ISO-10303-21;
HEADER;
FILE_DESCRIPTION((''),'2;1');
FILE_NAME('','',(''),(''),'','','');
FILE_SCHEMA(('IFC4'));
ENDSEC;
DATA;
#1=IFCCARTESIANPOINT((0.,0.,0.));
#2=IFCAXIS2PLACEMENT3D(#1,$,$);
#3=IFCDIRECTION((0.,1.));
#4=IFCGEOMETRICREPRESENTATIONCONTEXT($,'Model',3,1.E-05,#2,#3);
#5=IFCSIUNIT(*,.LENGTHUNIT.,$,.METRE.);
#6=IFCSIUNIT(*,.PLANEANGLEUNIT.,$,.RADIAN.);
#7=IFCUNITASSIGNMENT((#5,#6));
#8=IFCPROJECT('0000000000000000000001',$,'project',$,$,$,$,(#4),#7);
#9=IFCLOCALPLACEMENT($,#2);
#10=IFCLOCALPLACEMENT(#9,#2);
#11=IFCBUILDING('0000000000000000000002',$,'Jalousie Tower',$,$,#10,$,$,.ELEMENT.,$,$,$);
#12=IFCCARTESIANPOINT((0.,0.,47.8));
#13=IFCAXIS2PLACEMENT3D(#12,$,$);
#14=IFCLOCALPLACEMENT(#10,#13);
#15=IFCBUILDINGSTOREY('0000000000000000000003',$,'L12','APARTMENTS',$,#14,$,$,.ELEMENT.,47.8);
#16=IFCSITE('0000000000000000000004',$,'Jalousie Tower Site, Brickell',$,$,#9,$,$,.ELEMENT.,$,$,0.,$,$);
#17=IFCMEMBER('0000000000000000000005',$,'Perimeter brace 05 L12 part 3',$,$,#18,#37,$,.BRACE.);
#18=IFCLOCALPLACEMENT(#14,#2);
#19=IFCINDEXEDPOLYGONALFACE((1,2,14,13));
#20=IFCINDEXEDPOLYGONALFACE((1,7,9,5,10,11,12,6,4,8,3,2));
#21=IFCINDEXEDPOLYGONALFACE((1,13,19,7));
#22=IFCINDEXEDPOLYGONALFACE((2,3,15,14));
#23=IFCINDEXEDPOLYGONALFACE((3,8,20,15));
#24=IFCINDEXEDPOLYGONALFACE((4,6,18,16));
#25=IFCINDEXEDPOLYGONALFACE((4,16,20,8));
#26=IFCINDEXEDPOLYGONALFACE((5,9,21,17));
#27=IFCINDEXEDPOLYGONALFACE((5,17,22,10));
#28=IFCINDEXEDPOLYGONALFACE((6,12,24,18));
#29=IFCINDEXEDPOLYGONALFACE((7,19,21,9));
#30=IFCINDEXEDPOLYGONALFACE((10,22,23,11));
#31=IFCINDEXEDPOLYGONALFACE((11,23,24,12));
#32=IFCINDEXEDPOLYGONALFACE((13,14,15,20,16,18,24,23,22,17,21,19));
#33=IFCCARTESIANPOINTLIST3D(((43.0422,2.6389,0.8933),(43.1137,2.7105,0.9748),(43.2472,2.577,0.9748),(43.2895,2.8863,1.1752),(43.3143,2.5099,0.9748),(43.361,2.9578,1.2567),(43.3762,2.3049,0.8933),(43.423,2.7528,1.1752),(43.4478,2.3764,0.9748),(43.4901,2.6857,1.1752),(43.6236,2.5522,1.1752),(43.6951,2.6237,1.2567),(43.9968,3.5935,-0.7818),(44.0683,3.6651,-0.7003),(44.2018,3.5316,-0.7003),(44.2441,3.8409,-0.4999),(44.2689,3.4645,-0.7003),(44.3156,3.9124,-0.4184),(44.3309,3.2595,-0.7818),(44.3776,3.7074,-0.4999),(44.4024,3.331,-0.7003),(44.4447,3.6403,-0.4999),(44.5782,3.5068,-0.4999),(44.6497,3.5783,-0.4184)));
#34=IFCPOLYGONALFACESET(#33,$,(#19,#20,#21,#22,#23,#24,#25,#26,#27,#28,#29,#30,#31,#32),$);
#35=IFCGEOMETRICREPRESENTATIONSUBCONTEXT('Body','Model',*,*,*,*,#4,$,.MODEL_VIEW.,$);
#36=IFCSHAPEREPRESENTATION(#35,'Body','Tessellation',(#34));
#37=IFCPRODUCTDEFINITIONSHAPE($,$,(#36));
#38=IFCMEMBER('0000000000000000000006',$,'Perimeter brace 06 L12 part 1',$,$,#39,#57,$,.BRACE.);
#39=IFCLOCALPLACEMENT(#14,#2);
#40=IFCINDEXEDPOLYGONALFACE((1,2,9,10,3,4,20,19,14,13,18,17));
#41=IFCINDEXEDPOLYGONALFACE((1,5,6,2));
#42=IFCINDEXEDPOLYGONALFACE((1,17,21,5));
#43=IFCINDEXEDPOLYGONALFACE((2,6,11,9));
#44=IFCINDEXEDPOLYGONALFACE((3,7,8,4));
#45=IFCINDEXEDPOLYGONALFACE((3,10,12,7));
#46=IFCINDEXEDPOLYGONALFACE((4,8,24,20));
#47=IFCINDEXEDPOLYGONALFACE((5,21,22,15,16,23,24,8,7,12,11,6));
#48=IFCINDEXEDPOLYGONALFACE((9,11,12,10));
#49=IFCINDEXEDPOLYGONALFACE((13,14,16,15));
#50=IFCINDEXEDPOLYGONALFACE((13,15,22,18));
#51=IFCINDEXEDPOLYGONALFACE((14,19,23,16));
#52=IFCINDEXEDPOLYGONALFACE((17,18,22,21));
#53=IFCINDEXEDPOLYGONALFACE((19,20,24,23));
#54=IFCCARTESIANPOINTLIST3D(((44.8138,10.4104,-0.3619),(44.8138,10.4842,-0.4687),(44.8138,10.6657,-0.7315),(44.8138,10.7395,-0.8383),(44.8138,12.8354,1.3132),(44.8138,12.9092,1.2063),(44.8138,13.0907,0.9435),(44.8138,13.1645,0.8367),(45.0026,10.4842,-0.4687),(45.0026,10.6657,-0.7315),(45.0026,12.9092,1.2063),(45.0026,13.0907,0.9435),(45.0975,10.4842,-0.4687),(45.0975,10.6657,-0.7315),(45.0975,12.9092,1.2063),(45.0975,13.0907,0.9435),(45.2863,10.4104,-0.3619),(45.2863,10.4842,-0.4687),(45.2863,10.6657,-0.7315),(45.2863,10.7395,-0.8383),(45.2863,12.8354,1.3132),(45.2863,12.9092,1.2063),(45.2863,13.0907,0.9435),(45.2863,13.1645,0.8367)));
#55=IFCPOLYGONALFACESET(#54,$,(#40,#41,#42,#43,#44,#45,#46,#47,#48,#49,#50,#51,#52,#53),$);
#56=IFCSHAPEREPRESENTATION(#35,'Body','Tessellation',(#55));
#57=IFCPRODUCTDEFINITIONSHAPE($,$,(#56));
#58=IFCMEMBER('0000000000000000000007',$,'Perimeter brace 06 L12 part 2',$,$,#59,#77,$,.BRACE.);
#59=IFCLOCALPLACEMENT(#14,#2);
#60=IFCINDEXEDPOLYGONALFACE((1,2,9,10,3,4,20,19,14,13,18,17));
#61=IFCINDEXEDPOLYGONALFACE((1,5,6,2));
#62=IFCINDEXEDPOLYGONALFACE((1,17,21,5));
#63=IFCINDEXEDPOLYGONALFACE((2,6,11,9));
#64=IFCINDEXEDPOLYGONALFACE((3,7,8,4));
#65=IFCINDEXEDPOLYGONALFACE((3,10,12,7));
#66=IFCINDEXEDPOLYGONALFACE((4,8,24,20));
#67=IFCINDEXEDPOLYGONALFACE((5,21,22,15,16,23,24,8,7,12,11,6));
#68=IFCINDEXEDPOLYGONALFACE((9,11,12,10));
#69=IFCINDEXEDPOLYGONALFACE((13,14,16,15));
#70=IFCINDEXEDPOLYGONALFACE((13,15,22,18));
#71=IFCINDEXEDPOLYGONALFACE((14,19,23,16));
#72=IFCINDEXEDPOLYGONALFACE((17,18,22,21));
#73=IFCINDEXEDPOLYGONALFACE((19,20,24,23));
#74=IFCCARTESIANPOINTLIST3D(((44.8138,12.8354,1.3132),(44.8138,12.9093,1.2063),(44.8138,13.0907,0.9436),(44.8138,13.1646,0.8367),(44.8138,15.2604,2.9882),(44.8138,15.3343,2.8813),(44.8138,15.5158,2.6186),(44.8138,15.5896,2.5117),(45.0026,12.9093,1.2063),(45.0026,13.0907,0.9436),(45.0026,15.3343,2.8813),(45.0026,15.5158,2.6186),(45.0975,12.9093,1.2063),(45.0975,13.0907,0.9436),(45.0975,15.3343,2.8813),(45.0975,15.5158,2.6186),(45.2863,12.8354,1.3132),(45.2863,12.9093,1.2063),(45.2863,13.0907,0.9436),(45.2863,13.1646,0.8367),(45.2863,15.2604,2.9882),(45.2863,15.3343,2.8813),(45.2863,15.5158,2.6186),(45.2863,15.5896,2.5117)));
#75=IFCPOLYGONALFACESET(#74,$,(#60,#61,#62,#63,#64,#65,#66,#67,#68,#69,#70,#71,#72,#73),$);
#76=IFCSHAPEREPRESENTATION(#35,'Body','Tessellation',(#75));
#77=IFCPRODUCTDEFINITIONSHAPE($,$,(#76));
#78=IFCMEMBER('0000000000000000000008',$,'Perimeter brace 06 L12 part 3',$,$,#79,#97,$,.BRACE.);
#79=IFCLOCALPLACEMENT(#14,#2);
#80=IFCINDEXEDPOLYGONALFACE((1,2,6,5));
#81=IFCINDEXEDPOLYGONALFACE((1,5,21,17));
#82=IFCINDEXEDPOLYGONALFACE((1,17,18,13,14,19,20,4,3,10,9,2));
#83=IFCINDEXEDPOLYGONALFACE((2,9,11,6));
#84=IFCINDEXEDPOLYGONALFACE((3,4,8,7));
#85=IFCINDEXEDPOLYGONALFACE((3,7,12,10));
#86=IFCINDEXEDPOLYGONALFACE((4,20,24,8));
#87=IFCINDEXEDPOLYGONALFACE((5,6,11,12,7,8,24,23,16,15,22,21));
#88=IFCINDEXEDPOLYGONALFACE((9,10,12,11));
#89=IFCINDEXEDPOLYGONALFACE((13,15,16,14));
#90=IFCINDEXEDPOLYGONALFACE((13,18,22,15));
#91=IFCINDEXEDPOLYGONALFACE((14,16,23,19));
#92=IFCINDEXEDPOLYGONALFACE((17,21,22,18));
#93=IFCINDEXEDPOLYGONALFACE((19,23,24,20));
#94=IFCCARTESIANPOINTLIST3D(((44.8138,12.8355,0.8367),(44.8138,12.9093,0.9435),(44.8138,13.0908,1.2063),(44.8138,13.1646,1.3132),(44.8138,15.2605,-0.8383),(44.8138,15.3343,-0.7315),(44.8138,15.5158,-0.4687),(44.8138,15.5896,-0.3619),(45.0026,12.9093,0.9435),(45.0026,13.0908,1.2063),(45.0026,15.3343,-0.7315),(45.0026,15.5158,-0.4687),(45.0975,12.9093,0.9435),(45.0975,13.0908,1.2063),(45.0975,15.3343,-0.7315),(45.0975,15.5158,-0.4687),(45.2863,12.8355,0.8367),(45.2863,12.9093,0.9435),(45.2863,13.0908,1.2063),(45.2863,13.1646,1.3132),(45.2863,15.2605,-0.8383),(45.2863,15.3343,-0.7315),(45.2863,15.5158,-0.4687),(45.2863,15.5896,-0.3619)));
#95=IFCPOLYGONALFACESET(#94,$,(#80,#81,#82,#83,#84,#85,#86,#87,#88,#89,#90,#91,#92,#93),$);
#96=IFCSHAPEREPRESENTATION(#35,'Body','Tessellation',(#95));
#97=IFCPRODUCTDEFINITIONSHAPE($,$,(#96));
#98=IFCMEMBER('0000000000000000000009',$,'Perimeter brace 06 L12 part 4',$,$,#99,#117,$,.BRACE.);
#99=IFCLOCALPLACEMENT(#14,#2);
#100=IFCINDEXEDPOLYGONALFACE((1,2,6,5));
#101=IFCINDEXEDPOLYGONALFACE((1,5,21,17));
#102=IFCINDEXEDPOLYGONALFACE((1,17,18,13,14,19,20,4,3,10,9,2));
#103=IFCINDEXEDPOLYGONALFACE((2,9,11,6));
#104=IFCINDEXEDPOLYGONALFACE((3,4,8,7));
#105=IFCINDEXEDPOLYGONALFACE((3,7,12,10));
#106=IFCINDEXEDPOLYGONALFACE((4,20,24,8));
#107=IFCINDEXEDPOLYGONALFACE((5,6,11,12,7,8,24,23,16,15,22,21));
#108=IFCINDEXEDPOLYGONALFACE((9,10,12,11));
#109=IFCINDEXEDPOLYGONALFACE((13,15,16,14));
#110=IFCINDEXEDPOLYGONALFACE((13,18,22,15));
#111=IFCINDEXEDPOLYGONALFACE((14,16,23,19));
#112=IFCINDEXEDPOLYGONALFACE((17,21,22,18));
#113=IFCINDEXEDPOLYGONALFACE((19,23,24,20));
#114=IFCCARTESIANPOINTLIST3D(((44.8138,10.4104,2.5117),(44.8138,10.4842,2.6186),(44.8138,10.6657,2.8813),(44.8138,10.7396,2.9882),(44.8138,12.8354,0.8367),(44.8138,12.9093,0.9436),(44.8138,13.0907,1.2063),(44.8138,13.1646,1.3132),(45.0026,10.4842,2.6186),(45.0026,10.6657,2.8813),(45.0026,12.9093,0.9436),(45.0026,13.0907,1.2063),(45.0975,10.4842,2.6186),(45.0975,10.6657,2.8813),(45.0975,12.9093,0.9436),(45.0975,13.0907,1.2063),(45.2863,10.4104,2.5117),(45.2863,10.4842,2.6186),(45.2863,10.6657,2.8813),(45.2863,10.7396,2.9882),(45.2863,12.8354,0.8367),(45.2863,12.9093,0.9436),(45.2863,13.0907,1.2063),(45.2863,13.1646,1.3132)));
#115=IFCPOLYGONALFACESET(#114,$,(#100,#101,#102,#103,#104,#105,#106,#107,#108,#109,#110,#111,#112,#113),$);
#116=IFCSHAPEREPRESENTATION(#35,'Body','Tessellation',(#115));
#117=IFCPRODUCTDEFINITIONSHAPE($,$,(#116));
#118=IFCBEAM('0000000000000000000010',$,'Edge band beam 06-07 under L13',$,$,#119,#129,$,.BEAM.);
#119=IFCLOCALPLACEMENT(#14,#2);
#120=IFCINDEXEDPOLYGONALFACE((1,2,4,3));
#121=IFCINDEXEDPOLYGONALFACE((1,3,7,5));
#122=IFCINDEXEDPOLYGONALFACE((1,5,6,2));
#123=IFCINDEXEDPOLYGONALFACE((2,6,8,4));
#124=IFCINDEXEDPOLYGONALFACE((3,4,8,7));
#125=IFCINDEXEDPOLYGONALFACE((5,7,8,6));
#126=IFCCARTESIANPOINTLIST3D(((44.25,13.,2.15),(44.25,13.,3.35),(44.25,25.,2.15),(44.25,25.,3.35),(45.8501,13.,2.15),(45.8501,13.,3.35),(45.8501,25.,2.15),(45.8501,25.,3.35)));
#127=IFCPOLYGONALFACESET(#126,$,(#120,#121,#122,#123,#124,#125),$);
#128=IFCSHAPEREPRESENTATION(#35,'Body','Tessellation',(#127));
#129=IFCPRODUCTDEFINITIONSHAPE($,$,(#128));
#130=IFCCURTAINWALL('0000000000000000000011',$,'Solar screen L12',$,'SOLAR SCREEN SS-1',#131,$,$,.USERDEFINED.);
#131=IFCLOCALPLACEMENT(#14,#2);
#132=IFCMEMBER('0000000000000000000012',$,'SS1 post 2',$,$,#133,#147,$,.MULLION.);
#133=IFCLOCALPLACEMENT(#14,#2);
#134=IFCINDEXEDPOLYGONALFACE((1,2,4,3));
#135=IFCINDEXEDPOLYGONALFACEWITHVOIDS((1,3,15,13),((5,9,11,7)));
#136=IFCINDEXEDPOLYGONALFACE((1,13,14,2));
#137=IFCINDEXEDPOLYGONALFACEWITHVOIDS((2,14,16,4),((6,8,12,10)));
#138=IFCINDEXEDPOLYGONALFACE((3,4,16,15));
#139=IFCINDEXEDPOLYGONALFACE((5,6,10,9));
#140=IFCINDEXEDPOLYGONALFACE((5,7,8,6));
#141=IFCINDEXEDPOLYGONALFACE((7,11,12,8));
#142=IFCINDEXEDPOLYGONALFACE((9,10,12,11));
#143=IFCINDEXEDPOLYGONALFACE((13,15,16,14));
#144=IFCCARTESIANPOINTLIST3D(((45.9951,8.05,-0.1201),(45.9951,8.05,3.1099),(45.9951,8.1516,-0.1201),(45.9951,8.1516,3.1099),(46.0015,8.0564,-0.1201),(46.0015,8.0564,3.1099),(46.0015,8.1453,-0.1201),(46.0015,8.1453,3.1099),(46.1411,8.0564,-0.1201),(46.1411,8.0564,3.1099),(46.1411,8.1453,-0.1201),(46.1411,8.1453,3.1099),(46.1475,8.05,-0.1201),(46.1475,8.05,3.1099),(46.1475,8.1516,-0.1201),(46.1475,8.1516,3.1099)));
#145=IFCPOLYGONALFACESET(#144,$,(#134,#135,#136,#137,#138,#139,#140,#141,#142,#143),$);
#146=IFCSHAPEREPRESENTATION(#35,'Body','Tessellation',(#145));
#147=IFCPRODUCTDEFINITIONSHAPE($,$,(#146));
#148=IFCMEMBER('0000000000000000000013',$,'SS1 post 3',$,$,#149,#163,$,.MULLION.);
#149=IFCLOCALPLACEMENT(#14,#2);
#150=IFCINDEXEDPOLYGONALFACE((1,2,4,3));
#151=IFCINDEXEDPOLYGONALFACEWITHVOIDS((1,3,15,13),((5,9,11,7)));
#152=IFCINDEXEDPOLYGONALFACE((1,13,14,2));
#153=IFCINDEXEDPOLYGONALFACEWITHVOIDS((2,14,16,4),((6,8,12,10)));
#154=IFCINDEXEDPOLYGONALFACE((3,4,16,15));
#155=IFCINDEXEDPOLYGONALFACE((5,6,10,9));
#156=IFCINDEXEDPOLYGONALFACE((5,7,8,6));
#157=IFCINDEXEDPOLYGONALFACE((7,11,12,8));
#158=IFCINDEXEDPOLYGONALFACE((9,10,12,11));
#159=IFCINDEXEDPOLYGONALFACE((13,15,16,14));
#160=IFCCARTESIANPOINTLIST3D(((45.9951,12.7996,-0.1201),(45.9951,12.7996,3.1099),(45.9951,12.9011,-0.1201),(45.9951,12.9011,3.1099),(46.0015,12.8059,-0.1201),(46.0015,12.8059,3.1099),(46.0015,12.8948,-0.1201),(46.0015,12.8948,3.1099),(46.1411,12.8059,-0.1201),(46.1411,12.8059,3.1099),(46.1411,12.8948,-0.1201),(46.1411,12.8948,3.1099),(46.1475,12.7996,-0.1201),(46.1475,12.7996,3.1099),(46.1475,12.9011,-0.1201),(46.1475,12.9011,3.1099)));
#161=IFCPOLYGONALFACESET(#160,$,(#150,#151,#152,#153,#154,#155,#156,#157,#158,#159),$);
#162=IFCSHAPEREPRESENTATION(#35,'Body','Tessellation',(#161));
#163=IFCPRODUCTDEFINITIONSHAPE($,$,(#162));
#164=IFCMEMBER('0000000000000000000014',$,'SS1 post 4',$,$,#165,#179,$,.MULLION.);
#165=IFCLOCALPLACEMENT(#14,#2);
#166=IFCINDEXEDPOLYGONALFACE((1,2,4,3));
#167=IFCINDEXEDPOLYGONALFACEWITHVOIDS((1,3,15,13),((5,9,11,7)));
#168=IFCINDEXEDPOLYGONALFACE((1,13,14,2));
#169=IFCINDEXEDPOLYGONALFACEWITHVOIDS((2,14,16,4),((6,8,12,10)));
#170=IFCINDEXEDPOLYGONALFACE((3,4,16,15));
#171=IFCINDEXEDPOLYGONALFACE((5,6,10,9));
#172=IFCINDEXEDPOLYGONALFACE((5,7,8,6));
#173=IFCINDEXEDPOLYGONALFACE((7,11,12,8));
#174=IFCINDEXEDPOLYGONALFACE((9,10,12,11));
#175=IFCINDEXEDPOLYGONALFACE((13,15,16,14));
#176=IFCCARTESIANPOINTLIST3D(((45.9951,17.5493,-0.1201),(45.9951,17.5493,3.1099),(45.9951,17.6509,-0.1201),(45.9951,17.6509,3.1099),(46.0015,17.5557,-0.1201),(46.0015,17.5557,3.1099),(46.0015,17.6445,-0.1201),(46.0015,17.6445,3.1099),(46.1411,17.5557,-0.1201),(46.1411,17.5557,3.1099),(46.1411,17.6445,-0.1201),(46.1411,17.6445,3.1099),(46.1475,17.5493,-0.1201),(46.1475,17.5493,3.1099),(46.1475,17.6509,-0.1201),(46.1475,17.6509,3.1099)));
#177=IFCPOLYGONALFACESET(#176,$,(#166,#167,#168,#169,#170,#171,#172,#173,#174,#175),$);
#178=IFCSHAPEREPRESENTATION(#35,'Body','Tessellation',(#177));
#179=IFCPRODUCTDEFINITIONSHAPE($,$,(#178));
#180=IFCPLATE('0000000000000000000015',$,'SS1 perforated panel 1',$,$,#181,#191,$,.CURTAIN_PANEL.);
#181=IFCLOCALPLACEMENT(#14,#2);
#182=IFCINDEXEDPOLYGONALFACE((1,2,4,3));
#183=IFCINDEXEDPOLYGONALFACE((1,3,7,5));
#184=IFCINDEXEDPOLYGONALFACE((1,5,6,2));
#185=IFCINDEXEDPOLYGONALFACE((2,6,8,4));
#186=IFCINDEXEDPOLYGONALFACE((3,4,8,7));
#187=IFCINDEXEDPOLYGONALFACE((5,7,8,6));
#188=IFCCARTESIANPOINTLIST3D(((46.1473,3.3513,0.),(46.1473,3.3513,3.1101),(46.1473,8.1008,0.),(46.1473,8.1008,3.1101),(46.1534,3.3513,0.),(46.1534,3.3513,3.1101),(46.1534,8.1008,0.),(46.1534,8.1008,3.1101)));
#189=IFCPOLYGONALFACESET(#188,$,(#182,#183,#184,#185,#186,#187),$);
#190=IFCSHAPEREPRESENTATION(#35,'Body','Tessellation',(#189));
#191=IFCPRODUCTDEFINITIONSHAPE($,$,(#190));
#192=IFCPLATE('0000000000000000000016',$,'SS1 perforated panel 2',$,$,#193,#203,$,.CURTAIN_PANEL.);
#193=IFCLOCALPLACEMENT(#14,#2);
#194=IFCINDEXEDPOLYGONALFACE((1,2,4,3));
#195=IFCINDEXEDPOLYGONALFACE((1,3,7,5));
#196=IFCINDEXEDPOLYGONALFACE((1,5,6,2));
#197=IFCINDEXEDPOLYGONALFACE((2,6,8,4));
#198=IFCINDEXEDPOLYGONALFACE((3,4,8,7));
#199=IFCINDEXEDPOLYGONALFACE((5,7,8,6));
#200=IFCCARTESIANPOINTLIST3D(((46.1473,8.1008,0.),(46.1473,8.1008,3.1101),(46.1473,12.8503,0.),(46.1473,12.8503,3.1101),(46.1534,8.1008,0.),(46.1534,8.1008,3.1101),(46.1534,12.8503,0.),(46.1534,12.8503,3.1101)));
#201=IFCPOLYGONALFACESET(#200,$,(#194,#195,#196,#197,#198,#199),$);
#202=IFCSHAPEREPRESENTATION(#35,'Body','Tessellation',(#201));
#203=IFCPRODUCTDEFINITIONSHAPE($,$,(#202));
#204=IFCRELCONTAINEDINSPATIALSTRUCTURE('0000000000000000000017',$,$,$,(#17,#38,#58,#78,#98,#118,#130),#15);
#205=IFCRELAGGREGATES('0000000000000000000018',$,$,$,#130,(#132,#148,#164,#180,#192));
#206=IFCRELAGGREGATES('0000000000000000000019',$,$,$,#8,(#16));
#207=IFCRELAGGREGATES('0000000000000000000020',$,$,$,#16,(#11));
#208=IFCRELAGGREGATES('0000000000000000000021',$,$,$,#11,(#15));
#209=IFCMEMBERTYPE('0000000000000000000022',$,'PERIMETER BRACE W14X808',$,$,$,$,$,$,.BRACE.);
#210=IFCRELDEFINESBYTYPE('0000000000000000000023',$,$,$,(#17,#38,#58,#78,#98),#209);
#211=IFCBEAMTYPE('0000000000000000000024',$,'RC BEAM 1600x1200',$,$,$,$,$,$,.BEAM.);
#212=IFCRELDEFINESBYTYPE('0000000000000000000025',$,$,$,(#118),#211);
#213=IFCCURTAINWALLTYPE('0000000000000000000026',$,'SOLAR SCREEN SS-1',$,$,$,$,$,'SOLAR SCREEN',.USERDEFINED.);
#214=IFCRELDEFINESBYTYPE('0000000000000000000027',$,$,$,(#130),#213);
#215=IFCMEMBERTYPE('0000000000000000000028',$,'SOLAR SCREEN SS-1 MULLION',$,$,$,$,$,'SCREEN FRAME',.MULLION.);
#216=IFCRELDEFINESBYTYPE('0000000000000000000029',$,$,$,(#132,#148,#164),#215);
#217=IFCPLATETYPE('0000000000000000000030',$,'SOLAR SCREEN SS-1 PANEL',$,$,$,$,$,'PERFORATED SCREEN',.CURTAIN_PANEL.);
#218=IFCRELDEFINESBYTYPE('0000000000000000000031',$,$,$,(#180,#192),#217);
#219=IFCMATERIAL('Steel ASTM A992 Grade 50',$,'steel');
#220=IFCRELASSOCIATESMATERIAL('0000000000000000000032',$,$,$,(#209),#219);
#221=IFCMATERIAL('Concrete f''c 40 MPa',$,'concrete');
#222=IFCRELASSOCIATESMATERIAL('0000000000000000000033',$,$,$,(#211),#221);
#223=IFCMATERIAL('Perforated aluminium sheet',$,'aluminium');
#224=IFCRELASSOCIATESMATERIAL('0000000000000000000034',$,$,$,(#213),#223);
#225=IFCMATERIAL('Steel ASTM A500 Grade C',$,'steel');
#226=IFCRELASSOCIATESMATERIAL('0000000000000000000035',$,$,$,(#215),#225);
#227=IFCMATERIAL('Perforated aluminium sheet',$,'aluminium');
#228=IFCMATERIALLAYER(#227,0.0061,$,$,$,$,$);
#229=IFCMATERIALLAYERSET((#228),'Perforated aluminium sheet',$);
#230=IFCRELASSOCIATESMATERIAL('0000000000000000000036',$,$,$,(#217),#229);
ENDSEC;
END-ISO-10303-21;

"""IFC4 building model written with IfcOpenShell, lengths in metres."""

from ifc_helpers import new_model, si_unit, direction, frame, origin, origin_2d, place, context, subcontext, project, spatial, rectangle, hollow_rectangle, i_section, extrude, material, layer, layer_set, material_profile, profile_set, type_object, element, aggregate, save


model = new_model("IFC4")

# Units and contexts
model_context = context("Model", 3, precision=1e-05, world=origin(), true_north=direction((0.0, 1.0)))
body_context = subcontext(model_context, "Body", "Model", "MODEL_VIEW")
ifc_project = project(units=[si_unit("LENGTHUNIT", "METRE"), si_unit("PLANEANGLEUNIT", "RADIAN")], contexts=[model_context])

# Site, building, storey
site_placement = place(None, origin())
site = spatial("IfcSite", under=ifc_project, at=site_placement, Name="Jalousie Tower Site, Brickell", CompositionType="ELEMENT", RefElevation=0.0)
building_placement = place(site_placement, origin())
building = spatial("IfcBuilding", under=site, at=building_placement, Name="Jalousie Tower", CompositionType="ELEMENT")
storey_placement = place(building_placement, frame((0.0, 0.0, 47.8)))
storey = spatial("IfcBuildingStorey", under=building, at=storey_placement, Name="L12", Description="APARTMENTS", CompositionType="ELEMENT", Elevation=47.8)

# Members
ifc_material_1 = material(Name="Steel ASTM A992 Grade 50", Category="steel")
ifc_material_profile_1 = material_profile(ifc_material_1, i_section(OverallWidth=0.4724, OverallDepth=0.5791, WebThickness=0.095, FlangeThickness=0.1299, at=origin_2d()), Name="W14X808")
ifc_profile_set_1 = profile_set([ifc_material_profile_1], Name="Steel ASTM A992 Grade 50")
member_type_1 = type_object("IfcMemberType", Name="PERIMETER BRACE W14X808", PredefinedType="BRACE", material=ifc_profile_set_1)
member_1_placement = place(storey_placement, frame((44.3232, 3.5859, -0.6001), z_axis=(-0.443718, -0.443718, 0.778607), x_axis=(0.707107, -0.707107, 0.0)))
element("IfcMember", 1, at=member_1_placement, inside=storey, type_object=member_type_1, Name="Perimeter brace 05 L12 part 3", PredefinedType="BRACE", context=body_context, shape_type="SweptSolid", body=[
    extrude(i_section(OverallWidth=0.4724, OverallDepth=0.5791, WebThickness=0.095, FlangeThickness=0.1299, at=origin_2d()), origin(), (0.0, 0.0, 1.0), 2.1514),
])
for number, where, z_axis, x_axis, name in (
    (2, (45.05, 10.575, -0.6001), (0.0, 0.8228, 0.568331), (-1.0, 0.0, 0.0), "Perimeter brace 06 L12 part 1"),
    (3, (45.05, 13.0, 1.075), (0.0, 0.8228, 0.568331), (-1.0, 0.0, 0.0), "Perimeter brace 06 L12 part 2"),
    (4, (45.05, 15.425, -0.6001), (0.0, -0.8228, 0.568331), (1.0, 0.0, 0.0), "Perimeter brace 06 L12 part 3"),
    (5, (45.05, 13.0, 1.075), (0.0, -0.8228, 0.568331), (1.0, 0.0, 0.0), "Perimeter brace 06 L12 part 4"),
):
    element("IfcMember", number, at=place(storey_placement, frame(where, z_axis=z_axis, x_axis=x_axis)), inside=storey, type_object=member_type_1, Name=name, PredefinedType="BRACE", context=body_context, shape_type="SweptSolid", body=[
        extrude(i_section(OverallWidth=0.4724, OverallDepth=0.5791, WebThickness=0.095, FlangeThickness=0.1299, at=origin_2d()), origin(), (0.0, 0.0, 1.0), 2.9473),
    ])

# Beam
ifc_material_2 = material(Name="Concrete f'c 40 MPa", Category="concrete")
ifc_material_profile_2 = material_profile(ifc_material_2, rectangle(XDim=1.6001, YDim=1.2, at=origin_2d()), Name="RC 1600x1200")
ifc_profile_set_2 = profile_set([ifc_material_profile_2], Name="Concrete f'c 40 MPa")
beam_type = type_object("IfcBeamType", Name="RC BEAM 1600x1200", PredefinedType="BEAM", material=ifc_profile_set_2)
beam_placement = place(storey_placement, frame((45.05, 13.0, 2.75), z_axis=(0.0, 1.0, 0.0), x_axis=(-1.0, 0.0, 0.0)))
element("IfcBeam", 6, at=beam_placement, inside=storey, type_object=beam_type, Name="Edge band beam 06-07 under L13", PredefinedType="BEAM", context=body_context, shape_type="SweptSolid", body=[
    extrude(rectangle(XDim=1.6001, YDim=1.2, at=origin_2d()), origin(), (0.0, 0.0, 1.0), 12.0),
])

# Curtain wall, members, plates
ifc_material_3 = material(Name="Perforated aluminium sheet", Category="aluminium")
curtain_wall_type = type_object("IfcCurtainWallType", Name="SOLAR SCREEN SS-1", ElementType="SOLAR SCREEN", PredefinedType="USERDEFINED", material=ifc_material_3)
curtain_wall_placement = place(storey_placement, origin())
curtain_wall = element("IfcCurtainWall", 7, at=curtain_wall_placement, inside=storey, type_object=curtain_wall_type, Name="Solar screen L12", ObjectType="SOLAR SCREEN SS-1", PredefinedType="USERDEFINED")
ifc_material_4 = material(Name="Steel ASTM A500 Grade C", Category="steel")
ifc_material_profile_3 = material_profile(ifc_material_4, hollow_rectangle(XDim=0.1016, YDim=0.1523, WallThickness=0.0063, at=origin_2d()), Name="HSS6X4X1/4")
ifc_profile_set_3 = profile_set([ifc_material_profile_3], Name="Steel ASTM A500 Grade C")
member_type_2 = type_object("IfcMemberType", Name="SOLAR SCREEN SS-1 MULLION", ElementType="SCREEN FRAME", PredefinedType="MULLION", material=ifc_profile_set_3)
member_2_placement = place(storey_placement, frame((46.0713, 8.1008, -0.1201), z_axis=(0.0, 0.0, 1.0), x_axis=(0.0, 1.0, 0.0)))
member_2 = element("IfcMember", 8, at=member_2_placement, type_object=member_type_2, Name="SS1 post 2", PredefinedType="MULLION", context=body_context, shape_type="SweptSolid", body=[
    extrude(hollow_rectangle(XDim=0.1016, YDim=0.1523, WallThickness=0.0063, at=origin_2d()), origin(), (0.0, 0.0, 1.0), 3.23),
])
member_3_placement = place(storey_placement, frame((46.0713, 12.8503, -0.1201), z_axis=(0.0, 0.0, 1.0), x_axis=(0.0, 1.0, 0.0)))
member_3 = element("IfcMember", 9, at=member_3_placement, type_object=member_type_2, Name="SS1 post 3", PredefinedType="MULLION", context=body_context, shape_type="SweptSolid", body=[
    extrude(hollow_rectangle(XDim=0.1016, YDim=0.1523, WallThickness=0.0063, at=origin_2d()), origin(), (0.0, 0.0, 1.0), 3.23),
])
member_4_placement = place(storey_placement, frame((46.0713, 17.6001, -0.1201), z_axis=(0.0, 0.0, 1.0), x_axis=(0.0, 1.0, 0.0)))
member_4 = element("IfcMember", 10, at=member_4_placement, type_object=member_type_2, Name="SS1 post 4", PredefinedType="MULLION", context=body_context, shape_type="SweptSolid", body=[
    extrude(hollow_rectangle(XDim=0.1016, YDim=0.1523, WallThickness=0.0063, at=origin_2d()), origin(), (0.0, 0.0, 1.0), 3.23),
])
ifc_material_5 = material(Name="Perforated aluminium sheet", Category="aluminium")
ifc_layer_1 = layer(ifc_material_5, 0.0061)
ifc_layer_set_1 = layer_set([ifc_layer_1], Name="Perforated aluminium sheet")
plate_type = type_object("IfcPlateType", Name="SOLAR SCREEN SS-1 PANEL", ElementType="PERFORATED SCREEN", PredefinedType="CURTAIN_PANEL", material=ifc_layer_set_1)
plate_1_placement = place(storey_placement, frame((46.1504, 5.7261, 0.0), z_axis=(0.0, 0.0, 1.0), x_axis=(0.0, 1.0, 0.0)))
plate_1 = element("IfcPlate", 11, at=plate_1_placement, type_object=plate_type, Name="SS1 perforated panel 1", PredefinedType="CURTAIN_PANEL", context=body_context, shape_type="SweptSolid", body=[
    extrude(rectangle(XDim=4.7495, YDim=0.0061, at=origin_2d()), origin(), (0.0, 0.0, 1.0), 3.1101),
])
plate_2_placement = place(storey_placement, frame((46.1504, 10.4756, 0.0), z_axis=(0.0, 0.0, 1.0), x_axis=(0.0, 1.0, 0.0)))
plate_2 = element("IfcPlate", 12, at=plate_2_placement, type_object=plate_type, Name="SS1 perforated panel 2", PredefinedType="CURTAIN_PANEL", context=body_context, shape_type="SweptSolid", body=[
    extrude(rectangle(XDim=4.7495, YDim=0.0061, at=origin_2d()), origin(), (0.0, 0.0, 1.0), 3.1101),
])
aggregate(curtain_wall, [member_2, member_3, member_4, plate_1, plate_2])

save(model, "model.ifc")
